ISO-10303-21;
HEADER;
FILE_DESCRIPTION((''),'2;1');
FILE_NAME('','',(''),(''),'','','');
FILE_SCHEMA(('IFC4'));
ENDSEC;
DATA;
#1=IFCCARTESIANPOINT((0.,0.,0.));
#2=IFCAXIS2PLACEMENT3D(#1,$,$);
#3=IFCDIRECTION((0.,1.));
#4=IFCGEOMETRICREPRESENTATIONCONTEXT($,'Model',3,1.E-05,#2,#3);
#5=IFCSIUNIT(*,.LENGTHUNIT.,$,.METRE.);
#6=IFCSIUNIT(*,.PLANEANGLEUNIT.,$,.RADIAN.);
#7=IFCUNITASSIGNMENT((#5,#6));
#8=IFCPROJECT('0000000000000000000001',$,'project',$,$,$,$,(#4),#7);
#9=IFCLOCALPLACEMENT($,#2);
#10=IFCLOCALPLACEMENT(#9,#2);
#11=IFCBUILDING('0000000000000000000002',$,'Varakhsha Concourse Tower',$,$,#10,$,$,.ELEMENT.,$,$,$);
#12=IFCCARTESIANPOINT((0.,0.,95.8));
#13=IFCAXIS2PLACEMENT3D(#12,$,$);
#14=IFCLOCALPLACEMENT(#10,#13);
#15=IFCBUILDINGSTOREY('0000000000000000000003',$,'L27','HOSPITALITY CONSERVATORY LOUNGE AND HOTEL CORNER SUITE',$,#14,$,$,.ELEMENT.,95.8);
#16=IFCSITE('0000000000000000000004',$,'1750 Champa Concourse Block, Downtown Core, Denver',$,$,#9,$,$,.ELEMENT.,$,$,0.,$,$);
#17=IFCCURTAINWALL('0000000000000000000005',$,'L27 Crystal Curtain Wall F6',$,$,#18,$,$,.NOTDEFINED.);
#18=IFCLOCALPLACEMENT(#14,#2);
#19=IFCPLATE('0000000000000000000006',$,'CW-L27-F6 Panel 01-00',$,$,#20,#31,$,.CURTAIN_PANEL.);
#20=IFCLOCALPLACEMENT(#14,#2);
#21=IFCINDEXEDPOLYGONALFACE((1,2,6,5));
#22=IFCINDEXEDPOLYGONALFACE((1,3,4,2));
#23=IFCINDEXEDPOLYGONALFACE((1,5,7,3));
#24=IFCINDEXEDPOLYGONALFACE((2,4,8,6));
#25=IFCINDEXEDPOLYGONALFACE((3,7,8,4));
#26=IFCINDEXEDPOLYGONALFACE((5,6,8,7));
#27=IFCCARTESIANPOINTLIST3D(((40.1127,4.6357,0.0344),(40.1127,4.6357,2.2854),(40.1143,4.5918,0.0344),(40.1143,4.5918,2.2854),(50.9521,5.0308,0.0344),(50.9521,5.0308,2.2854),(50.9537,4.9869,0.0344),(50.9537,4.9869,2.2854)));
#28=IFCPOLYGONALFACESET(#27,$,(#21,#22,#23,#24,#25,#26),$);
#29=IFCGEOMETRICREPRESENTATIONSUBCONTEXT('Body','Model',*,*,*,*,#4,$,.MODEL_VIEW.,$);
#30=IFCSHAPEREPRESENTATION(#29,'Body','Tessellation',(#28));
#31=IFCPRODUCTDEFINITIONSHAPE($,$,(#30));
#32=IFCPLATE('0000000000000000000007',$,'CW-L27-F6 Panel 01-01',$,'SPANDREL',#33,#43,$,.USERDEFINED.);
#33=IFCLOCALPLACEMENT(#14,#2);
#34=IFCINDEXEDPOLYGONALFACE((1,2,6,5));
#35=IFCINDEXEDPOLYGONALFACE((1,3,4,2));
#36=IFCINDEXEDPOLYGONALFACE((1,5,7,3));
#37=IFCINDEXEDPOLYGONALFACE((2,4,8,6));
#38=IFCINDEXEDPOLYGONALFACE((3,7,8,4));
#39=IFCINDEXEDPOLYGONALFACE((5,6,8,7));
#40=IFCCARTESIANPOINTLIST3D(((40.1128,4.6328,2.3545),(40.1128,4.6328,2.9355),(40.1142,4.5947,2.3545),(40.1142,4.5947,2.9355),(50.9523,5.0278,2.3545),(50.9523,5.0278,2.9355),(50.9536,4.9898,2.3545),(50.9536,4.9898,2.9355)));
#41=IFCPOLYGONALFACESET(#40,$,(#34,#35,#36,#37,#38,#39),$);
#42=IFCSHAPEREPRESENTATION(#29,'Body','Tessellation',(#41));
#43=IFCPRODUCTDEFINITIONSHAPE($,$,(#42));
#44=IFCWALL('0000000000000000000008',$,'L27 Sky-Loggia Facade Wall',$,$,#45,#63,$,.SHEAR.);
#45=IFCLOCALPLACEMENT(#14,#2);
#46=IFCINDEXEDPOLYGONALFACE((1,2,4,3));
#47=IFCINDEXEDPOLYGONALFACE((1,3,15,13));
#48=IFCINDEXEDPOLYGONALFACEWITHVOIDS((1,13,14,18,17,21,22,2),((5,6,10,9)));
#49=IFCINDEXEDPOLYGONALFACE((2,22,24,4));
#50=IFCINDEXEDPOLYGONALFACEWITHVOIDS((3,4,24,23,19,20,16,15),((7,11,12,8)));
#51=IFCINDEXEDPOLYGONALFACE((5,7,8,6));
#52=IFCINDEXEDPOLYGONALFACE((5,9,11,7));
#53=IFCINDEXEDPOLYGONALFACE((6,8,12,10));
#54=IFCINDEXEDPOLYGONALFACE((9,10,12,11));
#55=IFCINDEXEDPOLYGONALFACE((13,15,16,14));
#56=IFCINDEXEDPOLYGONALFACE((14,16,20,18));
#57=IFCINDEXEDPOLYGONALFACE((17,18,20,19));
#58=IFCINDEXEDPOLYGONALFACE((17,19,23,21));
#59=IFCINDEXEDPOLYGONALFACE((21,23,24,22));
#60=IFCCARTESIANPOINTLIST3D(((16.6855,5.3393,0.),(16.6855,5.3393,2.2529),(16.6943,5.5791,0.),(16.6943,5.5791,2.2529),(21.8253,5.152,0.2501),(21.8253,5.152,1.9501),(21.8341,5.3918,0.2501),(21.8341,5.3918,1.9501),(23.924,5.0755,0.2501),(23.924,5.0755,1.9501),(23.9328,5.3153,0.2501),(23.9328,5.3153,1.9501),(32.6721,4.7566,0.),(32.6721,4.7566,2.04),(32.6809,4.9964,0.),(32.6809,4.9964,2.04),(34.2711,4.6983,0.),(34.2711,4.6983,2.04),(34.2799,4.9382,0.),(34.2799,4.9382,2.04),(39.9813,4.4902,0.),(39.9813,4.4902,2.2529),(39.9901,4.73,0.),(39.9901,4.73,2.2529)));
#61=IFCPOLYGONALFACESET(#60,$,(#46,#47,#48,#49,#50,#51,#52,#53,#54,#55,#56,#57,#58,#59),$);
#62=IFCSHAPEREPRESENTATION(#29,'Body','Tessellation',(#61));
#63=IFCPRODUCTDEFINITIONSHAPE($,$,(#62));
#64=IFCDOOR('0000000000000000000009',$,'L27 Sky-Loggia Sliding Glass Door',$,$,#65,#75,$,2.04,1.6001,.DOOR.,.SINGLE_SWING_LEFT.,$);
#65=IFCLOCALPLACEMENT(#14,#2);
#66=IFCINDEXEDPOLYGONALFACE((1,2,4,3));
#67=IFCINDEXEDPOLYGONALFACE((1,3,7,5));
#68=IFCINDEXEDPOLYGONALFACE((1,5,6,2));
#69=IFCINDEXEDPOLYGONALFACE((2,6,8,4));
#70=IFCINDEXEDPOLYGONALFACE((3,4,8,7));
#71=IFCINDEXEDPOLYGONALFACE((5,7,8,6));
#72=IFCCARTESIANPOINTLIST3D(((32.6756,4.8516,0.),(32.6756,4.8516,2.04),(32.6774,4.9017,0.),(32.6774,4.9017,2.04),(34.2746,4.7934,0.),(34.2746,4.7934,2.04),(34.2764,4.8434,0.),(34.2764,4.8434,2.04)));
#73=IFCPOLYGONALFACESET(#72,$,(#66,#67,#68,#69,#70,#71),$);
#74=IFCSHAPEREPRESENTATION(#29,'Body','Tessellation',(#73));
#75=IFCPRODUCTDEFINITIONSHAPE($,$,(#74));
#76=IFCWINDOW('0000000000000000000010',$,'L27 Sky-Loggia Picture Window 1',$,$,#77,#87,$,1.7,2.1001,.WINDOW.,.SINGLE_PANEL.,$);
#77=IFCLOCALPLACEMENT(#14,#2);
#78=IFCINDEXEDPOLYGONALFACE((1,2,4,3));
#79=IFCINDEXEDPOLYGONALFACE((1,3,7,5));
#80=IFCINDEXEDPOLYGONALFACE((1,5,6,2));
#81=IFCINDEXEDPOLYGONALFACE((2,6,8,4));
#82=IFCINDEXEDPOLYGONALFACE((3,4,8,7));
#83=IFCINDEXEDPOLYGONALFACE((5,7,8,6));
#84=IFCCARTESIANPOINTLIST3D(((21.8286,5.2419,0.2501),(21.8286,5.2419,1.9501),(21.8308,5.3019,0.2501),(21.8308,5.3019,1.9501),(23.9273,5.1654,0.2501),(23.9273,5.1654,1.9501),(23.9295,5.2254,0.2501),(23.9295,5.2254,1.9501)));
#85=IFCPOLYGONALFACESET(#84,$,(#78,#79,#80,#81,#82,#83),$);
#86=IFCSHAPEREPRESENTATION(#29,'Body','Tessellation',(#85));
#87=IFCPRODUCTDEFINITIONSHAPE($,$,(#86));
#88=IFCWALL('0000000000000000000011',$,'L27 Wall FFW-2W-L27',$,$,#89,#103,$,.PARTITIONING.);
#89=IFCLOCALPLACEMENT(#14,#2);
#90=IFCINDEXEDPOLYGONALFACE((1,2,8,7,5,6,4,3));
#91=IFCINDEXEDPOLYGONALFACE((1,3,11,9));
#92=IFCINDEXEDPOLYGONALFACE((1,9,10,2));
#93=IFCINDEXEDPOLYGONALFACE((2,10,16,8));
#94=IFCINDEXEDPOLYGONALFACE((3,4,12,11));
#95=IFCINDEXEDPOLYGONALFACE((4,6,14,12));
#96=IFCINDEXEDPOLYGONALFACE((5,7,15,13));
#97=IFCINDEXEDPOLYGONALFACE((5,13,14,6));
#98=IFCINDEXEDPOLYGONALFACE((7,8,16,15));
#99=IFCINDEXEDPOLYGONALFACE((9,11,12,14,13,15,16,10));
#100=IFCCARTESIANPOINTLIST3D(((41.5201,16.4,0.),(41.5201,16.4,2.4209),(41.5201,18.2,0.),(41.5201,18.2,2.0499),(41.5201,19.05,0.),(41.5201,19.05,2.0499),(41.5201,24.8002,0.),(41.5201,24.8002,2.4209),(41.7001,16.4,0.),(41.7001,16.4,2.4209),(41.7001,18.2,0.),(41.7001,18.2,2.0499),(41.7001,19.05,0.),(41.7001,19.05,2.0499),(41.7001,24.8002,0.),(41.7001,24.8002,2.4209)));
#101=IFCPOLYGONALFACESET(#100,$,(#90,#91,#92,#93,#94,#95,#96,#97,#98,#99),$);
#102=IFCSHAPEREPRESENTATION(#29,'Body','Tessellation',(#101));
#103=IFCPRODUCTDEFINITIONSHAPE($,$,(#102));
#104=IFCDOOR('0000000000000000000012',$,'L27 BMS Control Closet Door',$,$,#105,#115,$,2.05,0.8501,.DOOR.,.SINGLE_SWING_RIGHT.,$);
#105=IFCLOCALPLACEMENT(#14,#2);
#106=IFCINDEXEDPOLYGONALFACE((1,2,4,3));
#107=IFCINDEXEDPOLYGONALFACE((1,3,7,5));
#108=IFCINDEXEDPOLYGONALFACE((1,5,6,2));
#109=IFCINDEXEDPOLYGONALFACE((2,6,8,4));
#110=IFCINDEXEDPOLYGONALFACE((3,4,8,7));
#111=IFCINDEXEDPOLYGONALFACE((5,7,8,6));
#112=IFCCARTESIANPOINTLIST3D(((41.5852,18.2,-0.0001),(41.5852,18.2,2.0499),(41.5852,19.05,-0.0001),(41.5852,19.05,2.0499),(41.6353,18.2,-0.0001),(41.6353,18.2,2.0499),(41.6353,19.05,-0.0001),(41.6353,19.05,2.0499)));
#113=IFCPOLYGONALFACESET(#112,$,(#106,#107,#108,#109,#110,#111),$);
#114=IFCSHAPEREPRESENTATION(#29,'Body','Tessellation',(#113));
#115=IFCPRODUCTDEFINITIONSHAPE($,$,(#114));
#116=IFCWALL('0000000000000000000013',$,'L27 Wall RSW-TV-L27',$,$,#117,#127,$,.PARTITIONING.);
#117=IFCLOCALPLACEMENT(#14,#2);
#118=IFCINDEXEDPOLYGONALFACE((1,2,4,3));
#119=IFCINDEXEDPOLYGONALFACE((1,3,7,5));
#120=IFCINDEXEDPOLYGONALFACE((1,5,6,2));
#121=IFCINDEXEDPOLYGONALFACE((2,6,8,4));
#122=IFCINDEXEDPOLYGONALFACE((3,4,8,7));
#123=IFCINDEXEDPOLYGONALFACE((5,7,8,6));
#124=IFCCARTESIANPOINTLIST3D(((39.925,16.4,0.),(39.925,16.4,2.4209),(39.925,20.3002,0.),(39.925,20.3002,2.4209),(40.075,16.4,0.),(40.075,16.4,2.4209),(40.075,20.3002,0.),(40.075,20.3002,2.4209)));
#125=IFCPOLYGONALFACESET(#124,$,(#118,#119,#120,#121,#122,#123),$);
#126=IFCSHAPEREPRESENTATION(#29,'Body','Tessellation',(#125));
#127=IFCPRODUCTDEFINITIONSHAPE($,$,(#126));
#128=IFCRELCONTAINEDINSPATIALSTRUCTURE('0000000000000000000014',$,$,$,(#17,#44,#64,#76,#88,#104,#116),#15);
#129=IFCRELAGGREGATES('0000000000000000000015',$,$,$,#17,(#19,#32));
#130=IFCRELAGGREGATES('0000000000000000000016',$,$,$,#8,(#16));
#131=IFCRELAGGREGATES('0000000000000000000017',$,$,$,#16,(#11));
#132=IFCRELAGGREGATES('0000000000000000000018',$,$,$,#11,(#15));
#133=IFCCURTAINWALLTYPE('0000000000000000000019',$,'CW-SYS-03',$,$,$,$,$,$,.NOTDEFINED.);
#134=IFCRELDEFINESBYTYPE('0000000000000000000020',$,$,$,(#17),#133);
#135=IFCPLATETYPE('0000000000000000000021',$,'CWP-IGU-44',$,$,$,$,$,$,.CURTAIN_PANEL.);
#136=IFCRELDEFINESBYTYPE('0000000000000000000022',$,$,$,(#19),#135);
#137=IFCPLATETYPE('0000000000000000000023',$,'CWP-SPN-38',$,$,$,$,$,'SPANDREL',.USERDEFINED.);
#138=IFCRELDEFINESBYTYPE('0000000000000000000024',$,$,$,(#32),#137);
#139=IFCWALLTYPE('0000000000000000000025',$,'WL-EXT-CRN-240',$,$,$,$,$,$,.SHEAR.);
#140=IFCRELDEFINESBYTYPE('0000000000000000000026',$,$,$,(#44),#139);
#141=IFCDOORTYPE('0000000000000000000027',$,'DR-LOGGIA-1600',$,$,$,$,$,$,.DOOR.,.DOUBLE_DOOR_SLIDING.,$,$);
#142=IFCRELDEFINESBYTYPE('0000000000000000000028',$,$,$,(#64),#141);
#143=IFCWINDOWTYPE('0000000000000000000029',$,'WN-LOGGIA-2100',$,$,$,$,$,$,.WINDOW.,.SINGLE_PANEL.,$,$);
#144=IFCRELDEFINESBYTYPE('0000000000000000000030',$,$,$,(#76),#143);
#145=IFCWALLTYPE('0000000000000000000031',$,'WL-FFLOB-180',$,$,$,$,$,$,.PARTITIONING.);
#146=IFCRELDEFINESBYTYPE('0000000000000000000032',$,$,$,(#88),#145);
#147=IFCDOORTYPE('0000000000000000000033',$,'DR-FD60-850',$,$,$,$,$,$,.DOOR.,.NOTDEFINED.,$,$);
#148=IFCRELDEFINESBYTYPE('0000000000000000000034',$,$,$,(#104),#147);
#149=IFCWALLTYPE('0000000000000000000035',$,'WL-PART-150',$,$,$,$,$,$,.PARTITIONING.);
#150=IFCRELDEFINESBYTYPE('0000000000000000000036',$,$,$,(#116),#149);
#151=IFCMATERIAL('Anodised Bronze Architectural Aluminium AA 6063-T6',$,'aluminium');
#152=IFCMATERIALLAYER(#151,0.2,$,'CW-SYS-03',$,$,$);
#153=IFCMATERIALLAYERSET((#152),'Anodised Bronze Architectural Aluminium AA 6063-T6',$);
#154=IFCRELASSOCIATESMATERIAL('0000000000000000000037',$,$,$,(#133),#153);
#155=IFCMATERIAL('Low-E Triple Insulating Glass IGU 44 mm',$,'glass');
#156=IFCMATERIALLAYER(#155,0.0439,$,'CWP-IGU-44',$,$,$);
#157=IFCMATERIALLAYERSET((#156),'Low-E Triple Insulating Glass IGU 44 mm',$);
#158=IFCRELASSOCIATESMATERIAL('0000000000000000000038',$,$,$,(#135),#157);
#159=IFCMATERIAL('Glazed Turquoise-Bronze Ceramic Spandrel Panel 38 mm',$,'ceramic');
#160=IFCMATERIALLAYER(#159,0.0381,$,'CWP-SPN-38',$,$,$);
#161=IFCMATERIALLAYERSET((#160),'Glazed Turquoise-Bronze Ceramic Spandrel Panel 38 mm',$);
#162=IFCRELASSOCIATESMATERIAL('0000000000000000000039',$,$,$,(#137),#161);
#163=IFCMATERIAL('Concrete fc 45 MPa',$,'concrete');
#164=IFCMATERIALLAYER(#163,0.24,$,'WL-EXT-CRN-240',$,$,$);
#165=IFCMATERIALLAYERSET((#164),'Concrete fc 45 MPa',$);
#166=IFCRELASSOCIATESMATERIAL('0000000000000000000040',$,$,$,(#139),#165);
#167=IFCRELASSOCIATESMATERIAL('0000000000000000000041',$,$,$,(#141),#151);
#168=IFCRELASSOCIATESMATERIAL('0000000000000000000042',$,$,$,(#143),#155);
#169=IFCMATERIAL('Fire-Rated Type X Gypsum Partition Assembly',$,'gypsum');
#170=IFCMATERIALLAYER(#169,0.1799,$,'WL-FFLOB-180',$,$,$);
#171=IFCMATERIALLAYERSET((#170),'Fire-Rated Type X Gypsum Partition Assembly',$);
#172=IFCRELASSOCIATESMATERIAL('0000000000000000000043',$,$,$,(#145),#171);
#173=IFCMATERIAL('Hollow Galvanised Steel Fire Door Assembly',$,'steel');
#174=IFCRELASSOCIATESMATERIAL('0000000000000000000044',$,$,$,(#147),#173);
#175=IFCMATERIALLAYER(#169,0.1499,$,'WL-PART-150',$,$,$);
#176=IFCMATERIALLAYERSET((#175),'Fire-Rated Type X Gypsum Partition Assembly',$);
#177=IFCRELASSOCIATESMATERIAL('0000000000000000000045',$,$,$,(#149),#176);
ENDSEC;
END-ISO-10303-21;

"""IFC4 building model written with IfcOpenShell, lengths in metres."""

from ifc_helpers import new_model, si_unit, direction, frame, frame_2d, origin, origin_2d, place, context, subcontext, project, spatial, rectangle, extrude, source, transform, mapped, material, layer, layer_set, type_object, type_shapes, element, fill, aggregate, save


model = new_model("IFC4")

# Units and contexts
model_context = context("Model", 3, precision=1e-05, world=origin(), true_north=direction((0.0, 1.0)))
body_context = subcontext(model_context, "Body", "Model", "MODEL_VIEW")
ifc_project = project(units=[si_unit("LENGTHUNIT", "METRE"), si_unit("PLANEANGLEUNIT", "RADIAN")], contexts=[model_context])

# Site, building, storey
site_placement = place(None, origin())
site = spatial("IfcSite", under=ifc_project, at=site_placement, Name="1750 Champa Concourse Block, Downtown Core, Denver", CompositionType="ELEMENT", RefElevation=0.0)
building_placement = place(site_placement, origin())
building = spatial("IfcBuilding", under=site, at=building_placement, Name="Varakhsha Concourse Tower", CompositionType="ELEMENT")
storey_placement = place(building_placement, frame((0.0, 0.0, 95.8)))
storey = spatial("IfcBuildingStorey", under=building, at=storey_placement, Name="L27", Description="HOSPITALITY CONSERVATORY LOUNGE AND HOTEL CORNER SUITE", CompositionType="ELEMENT", Elevation=95.8)

# Curtain wall, plates
ifc_material_1 = material(Name="Anodised Bronze Architectural Aluminium AA 6063-T6", Category="aluminium")
ifc_layer_1 = layer(ifc_material_1, 0.2, Name="CW-SYS-03")
ifc_layer_set_1 = layer_set([ifc_layer_1], Name="Anodised Bronze Architectural Aluminium AA 6063-T6")
curtain_wall_type = type_object("IfcCurtainWallType", Name="CW-SYS-03", PredefinedType="NOTDEFINED", material=ifc_layer_set_1)
curtain_wall_placement = place(storey_placement, origin())
curtain_wall = element("IfcCurtainWall", 1, at=curtain_wall_placement, inside=storey, type_object=curtain_wall_type, Name="L27 Crystal Curtain Wall F6", PredefinedType="NOTDEFINED")
ifc_material_2 = material(Name="Low-E Triple Insulating Glass IGU 44 mm", Category="glass")
ifc_layer_2 = layer(ifc_material_2, 0.0439, Name="CWP-IGU-44")
ifc_layer_set_2 = layer_set([ifc_layer_2], Name="Low-E Triple Insulating Glass IGU 44 mm")
plate_type_1 = type_object("IfcPlateType", Name="CWP-IGU-44", PredefinedType="CURTAIN_PANEL", material=ifc_layer_set_2)
shared_shape_1 = source(origin(), body_context, "Body", "SweptSolid", [
    extrude(rectangle(XDim=10.8467, YDim=0.0439, at=origin_2d()), origin(), (0.0, 0.0, 1.0), 2.251),
])
type_shapes(plate_type_1, [shared_shape_1])
plate_1_placement = place(storey_placement, frame((45.5332, 4.8113, 0.0344), z_axis=(0.0, 0.0, 1.0), x_axis=(-0.999336, -0.036424, 0.0)))
plate_1 = element("IfcPlate", 2, at=plate_1_placement, type_object=plate_type_1, Name="CW-L27-F6 Panel 01-00", PredefinedType="CURTAIN_PANEL", context=body_context, shape_type="MappedRepresentation", body=[
    mapped(shared_shape_1, transform((0.0, 0.0, 0.0), scale=1.0)),
])
ifc_material_3 = material(Name="Glazed Turquoise-Bronze Ceramic Spandrel Panel 38 mm", Category="ceramic")
ifc_layer_3 = layer(ifc_material_3, 0.0381, Name="CWP-SPN-38")
ifc_layer_set_3 = layer_set([ifc_layer_3], Name="Glazed Turquoise-Bronze Ceramic Spandrel Panel 38 mm")
plate_type_2 = type_object("IfcPlateType", Name="CWP-SPN-38", ElementType="SPANDREL", PredefinedType="USERDEFINED", material=ifc_layer_set_3)
shared_shape_2 = source(origin(), body_context, "Body", "SweptSolid", [
    extrude(rectangle(XDim=10.8467, YDim=0.0381, at=origin_2d()), origin(), (0.0, 0.0, 1.0), 0.5811),
])
type_shapes(plate_type_2, [shared_shape_2])
plate_2_placement = place(storey_placement, frame((45.5332, 4.8113, 2.3545), z_axis=(0.0, 0.0, 1.0), x_axis=(-0.999336, -0.036424, 0.0)))
plate_2 = element("IfcPlate", 3, at=plate_2_placement, type_object=plate_type_2, Name="CW-L27-F6 Panel 01-01", ObjectType="SPANDREL", PredefinedType="USERDEFINED", context=body_context, shape_type="MappedRepresentation", body=[
    mapped(shared_shape_2, transform((0.0, 0.0, 0.0), scale=1.0)),
])
aggregate(curtain_wall, [plate_1, plate_2])

# Wall, openings, door, window
ifc_material_4 = material(Name="Concrete fc 45 MPa", Category="concrete")
ifc_layer_4 = layer(ifc_material_4, 0.24, Name="WL-EXT-CRN-240")
ifc_layer_set_4 = layer_set([ifc_layer_4], Name="Concrete fc 45 MPa")
wall_type_1 = type_object("IfcWallType", Name="WL-EXT-CRN-240", PredefinedType="SHEAR", material=ifc_layer_set_4)
wall_1_placement = place(storey_placement, frame((39.9858, 4.6101, 0.0), z_axis=(0.0, 0.0, 1.0), x_axis=(-0.999336, 0.036425, 0.0)))
wall_1 = element("IfcWall", 4, at=wall_1_placement, inside=storey, type_object=wall_type_1, Name="L27 Sky-Loggia Facade Wall", PredefinedType="SHEAR", context=body_context, shape_type="SweptSolid", body=[
    extrude(rectangle(XDim=23.3113, YDim=0.24, at=frame_2d((11.6558, 0.0))), origin(), (0.0, 0.0, 1.0), 2.2529),
])
opening_1_placement = place(wall_1_placement, frame((5.7141, 0.0, 0.0)))
opening_1 = element("IfcOpeningElement", 5, at=opening_1_placement, cuts=wall_1, PredefinedType="OPENING", context=body_context, shape_type="SweptSolid", body=[
    extrude(rectangle(XDim=1.6001, YDim=2.04, at=frame_2d((0.8, 1.02))), frame((0.0, 0.1299, 0.0), z_axis=(0.0, -1.0, 0.0), x_axis=(1.0, 0.0, 0.0)), (0.0, 0.0, 1.0), 0.26),
])
opening_2_placement = place(wall_1_placement, frame((16.0681, 0.0, 0.25)))
opening_2 = element("IfcOpeningElement", 6, at=opening_2_placement, cuts=wall_1, PredefinedType="OPENING", context=body_context, shape_type="SweptSolid", body=[
    extrude(rectangle(XDim=2.1001, YDim=1.7, at=frame_2d((1.05, 0.8501))), frame((0.0, 0.1299, 0.0), z_axis=(0.0, -1.0, 0.0), x_axis=(1.0, 0.0, 0.0)), (0.0, 0.0, 1.0), 0.26),
])
door_type_1 = type_object("IfcDoorType", Name="DR-LOGGIA-1600", OperationType="DOUBLE_DOOR_SLIDING", PredefinedType="DOOR", material=ifc_material_1)
door_1_placement = place(opening_1_placement, origin())
door_1 = element("IfcDoor", 7, at=door_1_placement, inside=storey, type_object=door_type_1, Name="L27 Sky-Loggia Sliding Glass Door", OperationType="SINGLE_SWING_LEFT", OverallHeight=2.04, OverallWidth=1.6001, PredefinedType="DOOR", context=body_context, shape_type="SweptSolid", body=[
    extrude(rectangle(XDim=1.6001, YDim=2.04, at=frame_2d((0.8, 1.02))), frame((0.0, 0.0249, 0.0), z_axis=(0.0, -1.0, 0.0), x_axis=(1.0, 0.0, 0.0)), (0.0, 0.0, 1.0), 0.05),
])
fill(opening_1, door_1)
window_type = type_object("IfcWindowType", Name="WN-LOGGIA-2100", PartitioningType="SINGLE_PANEL", PredefinedType="WINDOW", material=ifc_material_2)
window_placement = place(opening_2_placement, origin())
window = element("IfcWindow", 8, at=window_placement, inside=storey, type_object=window_type, Name="L27 Sky-Loggia Picture Window 1", OverallHeight=1.7, OverallWidth=2.1001, PartitioningType="SINGLE_PANEL", PredefinedType="WINDOW", context=body_context, shape_type="SweptSolid", body=[
    extrude(rectangle(XDim=2.1001, YDim=1.7, at=frame_2d((1.05, 0.8501))), frame((0.0, 0.03, 0.0), z_axis=(0.0, -1.0, 0.0), x_axis=(1.0, 0.0, 0.0)), (0.0, 0.0, 1.0), 0.0601),
])
fill(opening_2, window)

# Wall, opening, door
ifc_material_5 = material(Name="Fire-Rated Type X Gypsum Partition Assembly", Category="gypsum")
ifc_layer_5 = layer(ifc_material_5, 0.1799, Name="WL-FFLOB-180")
ifc_layer_set_5 = layer_set([ifc_layer_5], Name="Fire-Rated Type X Gypsum Partition Assembly")
wall_type_2 = type_object("IfcWallType", Name="WL-FFLOB-180", PredefinedType="PARTITIONING", material=ifc_layer_set_5)
wall_2_placement = place(storey_placement, frame((41.6101, 16.3999, 0.0), z_axis=(0.0, 0.0, 1.0), x_axis=(0.0, 1.0, 0.0)))
wall_2 = element("IfcWall", 9, at=wall_2_placement, inside=storey, type_object=wall_type_2, Name="L27 Wall FFW-2W-L27", PredefinedType="PARTITIONING", context=body_context, shape_type="SweptSolid", body=[
    extrude(rectangle(XDim=8.4001, YDim=0.1799, at=frame_2d((4.2002, 0.0))), origin(), (0.0, 0.0, 1.0), 2.4209),
])
opening_3_placement = place(wall_2_placement, frame((1.8, 0.0, 0.0)))
opening_3 = element("IfcOpeningElement", 10, at=opening_3_placement, cuts=wall_2, PredefinedType="OPENING", context=body_context, shape_type="SweptSolid", body=[
    extrude(rectangle(XDim=0.8501, YDim=2.05, at=frame_2d((0.425, 1.0249))), frame((0.0, 0.0999, 0.0), z_axis=(0.0, -1.0, 0.0), x_axis=(1.0, 0.0, 0.0)), (0.0, 0.0, 1.0), 0.2),
])
ifc_material_6 = material(Name="Hollow Galvanised Steel Fire Door Assembly", Category="steel")
door_type_2 = type_object("IfcDoorType", Name="DR-FD60-850", OperationType="NOTDEFINED", PredefinedType="DOOR", material=ifc_material_6)
door_2_placement = place(opening_3_placement, origin())
door_2 = element("IfcDoor", 11, at=door_2_placement, inside=storey, type_object=door_type_2, Name="L27 BMS Control Closet Door", OperationType="SINGLE_SWING_RIGHT", OverallHeight=2.05, OverallWidth=0.8501, PredefinedType="DOOR", context=body_context, shape_type="SweptSolid", body=[
    extrude(rectangle(XDim=0.8501, YDim=2.05, at=frame_2d((0.425, 1.0249))), frame((0.0, 0.0249, 0.0), z_axis=(0.0, -1.0, 0.0), x_axis=(1.0, 0.0, 0.0)), (0.0, 0.0, 1.0), 0.05),
])
fill(opening_3, door_2)

# Wall
ifc_layer_6 = layer(ifc_material_5, 0.1499, Name="WL-PART-150")
ifc_layer_set_6 = layer_set([ifc_layer_6], Name="Fire-Rated Type X Gypsum Partition Assembly")
wall_type_3 = type_object("IfcWallType", Name="WL-PART-150", PredefinedType="PARTITIONING", material=ifc_layer_set_6)
wall_3_placement = place(storey_placement, frame((40.0, 16.3999, 0.0), z_axis=(0.0, 0.0, 1.0), x_axis=(0.0, 1.0, 0.0)))
element("IfcWall", 12, at=wall_3_placement, inside=storey, type_object=wall_type_3, Name="L27 Wall RSW-TV-L27", PredefinedType="PARTITIONING", context=body_context, shape_type="SweptSolid", body=[
    extrude(rectangle(XDim=3.9001, YDim=0.1499, at=frame_2d((1.9502, 0.0))), origin(), (0.0, 0.0, 1.0), 2.4209),
])

save(model, "model.ifc")
